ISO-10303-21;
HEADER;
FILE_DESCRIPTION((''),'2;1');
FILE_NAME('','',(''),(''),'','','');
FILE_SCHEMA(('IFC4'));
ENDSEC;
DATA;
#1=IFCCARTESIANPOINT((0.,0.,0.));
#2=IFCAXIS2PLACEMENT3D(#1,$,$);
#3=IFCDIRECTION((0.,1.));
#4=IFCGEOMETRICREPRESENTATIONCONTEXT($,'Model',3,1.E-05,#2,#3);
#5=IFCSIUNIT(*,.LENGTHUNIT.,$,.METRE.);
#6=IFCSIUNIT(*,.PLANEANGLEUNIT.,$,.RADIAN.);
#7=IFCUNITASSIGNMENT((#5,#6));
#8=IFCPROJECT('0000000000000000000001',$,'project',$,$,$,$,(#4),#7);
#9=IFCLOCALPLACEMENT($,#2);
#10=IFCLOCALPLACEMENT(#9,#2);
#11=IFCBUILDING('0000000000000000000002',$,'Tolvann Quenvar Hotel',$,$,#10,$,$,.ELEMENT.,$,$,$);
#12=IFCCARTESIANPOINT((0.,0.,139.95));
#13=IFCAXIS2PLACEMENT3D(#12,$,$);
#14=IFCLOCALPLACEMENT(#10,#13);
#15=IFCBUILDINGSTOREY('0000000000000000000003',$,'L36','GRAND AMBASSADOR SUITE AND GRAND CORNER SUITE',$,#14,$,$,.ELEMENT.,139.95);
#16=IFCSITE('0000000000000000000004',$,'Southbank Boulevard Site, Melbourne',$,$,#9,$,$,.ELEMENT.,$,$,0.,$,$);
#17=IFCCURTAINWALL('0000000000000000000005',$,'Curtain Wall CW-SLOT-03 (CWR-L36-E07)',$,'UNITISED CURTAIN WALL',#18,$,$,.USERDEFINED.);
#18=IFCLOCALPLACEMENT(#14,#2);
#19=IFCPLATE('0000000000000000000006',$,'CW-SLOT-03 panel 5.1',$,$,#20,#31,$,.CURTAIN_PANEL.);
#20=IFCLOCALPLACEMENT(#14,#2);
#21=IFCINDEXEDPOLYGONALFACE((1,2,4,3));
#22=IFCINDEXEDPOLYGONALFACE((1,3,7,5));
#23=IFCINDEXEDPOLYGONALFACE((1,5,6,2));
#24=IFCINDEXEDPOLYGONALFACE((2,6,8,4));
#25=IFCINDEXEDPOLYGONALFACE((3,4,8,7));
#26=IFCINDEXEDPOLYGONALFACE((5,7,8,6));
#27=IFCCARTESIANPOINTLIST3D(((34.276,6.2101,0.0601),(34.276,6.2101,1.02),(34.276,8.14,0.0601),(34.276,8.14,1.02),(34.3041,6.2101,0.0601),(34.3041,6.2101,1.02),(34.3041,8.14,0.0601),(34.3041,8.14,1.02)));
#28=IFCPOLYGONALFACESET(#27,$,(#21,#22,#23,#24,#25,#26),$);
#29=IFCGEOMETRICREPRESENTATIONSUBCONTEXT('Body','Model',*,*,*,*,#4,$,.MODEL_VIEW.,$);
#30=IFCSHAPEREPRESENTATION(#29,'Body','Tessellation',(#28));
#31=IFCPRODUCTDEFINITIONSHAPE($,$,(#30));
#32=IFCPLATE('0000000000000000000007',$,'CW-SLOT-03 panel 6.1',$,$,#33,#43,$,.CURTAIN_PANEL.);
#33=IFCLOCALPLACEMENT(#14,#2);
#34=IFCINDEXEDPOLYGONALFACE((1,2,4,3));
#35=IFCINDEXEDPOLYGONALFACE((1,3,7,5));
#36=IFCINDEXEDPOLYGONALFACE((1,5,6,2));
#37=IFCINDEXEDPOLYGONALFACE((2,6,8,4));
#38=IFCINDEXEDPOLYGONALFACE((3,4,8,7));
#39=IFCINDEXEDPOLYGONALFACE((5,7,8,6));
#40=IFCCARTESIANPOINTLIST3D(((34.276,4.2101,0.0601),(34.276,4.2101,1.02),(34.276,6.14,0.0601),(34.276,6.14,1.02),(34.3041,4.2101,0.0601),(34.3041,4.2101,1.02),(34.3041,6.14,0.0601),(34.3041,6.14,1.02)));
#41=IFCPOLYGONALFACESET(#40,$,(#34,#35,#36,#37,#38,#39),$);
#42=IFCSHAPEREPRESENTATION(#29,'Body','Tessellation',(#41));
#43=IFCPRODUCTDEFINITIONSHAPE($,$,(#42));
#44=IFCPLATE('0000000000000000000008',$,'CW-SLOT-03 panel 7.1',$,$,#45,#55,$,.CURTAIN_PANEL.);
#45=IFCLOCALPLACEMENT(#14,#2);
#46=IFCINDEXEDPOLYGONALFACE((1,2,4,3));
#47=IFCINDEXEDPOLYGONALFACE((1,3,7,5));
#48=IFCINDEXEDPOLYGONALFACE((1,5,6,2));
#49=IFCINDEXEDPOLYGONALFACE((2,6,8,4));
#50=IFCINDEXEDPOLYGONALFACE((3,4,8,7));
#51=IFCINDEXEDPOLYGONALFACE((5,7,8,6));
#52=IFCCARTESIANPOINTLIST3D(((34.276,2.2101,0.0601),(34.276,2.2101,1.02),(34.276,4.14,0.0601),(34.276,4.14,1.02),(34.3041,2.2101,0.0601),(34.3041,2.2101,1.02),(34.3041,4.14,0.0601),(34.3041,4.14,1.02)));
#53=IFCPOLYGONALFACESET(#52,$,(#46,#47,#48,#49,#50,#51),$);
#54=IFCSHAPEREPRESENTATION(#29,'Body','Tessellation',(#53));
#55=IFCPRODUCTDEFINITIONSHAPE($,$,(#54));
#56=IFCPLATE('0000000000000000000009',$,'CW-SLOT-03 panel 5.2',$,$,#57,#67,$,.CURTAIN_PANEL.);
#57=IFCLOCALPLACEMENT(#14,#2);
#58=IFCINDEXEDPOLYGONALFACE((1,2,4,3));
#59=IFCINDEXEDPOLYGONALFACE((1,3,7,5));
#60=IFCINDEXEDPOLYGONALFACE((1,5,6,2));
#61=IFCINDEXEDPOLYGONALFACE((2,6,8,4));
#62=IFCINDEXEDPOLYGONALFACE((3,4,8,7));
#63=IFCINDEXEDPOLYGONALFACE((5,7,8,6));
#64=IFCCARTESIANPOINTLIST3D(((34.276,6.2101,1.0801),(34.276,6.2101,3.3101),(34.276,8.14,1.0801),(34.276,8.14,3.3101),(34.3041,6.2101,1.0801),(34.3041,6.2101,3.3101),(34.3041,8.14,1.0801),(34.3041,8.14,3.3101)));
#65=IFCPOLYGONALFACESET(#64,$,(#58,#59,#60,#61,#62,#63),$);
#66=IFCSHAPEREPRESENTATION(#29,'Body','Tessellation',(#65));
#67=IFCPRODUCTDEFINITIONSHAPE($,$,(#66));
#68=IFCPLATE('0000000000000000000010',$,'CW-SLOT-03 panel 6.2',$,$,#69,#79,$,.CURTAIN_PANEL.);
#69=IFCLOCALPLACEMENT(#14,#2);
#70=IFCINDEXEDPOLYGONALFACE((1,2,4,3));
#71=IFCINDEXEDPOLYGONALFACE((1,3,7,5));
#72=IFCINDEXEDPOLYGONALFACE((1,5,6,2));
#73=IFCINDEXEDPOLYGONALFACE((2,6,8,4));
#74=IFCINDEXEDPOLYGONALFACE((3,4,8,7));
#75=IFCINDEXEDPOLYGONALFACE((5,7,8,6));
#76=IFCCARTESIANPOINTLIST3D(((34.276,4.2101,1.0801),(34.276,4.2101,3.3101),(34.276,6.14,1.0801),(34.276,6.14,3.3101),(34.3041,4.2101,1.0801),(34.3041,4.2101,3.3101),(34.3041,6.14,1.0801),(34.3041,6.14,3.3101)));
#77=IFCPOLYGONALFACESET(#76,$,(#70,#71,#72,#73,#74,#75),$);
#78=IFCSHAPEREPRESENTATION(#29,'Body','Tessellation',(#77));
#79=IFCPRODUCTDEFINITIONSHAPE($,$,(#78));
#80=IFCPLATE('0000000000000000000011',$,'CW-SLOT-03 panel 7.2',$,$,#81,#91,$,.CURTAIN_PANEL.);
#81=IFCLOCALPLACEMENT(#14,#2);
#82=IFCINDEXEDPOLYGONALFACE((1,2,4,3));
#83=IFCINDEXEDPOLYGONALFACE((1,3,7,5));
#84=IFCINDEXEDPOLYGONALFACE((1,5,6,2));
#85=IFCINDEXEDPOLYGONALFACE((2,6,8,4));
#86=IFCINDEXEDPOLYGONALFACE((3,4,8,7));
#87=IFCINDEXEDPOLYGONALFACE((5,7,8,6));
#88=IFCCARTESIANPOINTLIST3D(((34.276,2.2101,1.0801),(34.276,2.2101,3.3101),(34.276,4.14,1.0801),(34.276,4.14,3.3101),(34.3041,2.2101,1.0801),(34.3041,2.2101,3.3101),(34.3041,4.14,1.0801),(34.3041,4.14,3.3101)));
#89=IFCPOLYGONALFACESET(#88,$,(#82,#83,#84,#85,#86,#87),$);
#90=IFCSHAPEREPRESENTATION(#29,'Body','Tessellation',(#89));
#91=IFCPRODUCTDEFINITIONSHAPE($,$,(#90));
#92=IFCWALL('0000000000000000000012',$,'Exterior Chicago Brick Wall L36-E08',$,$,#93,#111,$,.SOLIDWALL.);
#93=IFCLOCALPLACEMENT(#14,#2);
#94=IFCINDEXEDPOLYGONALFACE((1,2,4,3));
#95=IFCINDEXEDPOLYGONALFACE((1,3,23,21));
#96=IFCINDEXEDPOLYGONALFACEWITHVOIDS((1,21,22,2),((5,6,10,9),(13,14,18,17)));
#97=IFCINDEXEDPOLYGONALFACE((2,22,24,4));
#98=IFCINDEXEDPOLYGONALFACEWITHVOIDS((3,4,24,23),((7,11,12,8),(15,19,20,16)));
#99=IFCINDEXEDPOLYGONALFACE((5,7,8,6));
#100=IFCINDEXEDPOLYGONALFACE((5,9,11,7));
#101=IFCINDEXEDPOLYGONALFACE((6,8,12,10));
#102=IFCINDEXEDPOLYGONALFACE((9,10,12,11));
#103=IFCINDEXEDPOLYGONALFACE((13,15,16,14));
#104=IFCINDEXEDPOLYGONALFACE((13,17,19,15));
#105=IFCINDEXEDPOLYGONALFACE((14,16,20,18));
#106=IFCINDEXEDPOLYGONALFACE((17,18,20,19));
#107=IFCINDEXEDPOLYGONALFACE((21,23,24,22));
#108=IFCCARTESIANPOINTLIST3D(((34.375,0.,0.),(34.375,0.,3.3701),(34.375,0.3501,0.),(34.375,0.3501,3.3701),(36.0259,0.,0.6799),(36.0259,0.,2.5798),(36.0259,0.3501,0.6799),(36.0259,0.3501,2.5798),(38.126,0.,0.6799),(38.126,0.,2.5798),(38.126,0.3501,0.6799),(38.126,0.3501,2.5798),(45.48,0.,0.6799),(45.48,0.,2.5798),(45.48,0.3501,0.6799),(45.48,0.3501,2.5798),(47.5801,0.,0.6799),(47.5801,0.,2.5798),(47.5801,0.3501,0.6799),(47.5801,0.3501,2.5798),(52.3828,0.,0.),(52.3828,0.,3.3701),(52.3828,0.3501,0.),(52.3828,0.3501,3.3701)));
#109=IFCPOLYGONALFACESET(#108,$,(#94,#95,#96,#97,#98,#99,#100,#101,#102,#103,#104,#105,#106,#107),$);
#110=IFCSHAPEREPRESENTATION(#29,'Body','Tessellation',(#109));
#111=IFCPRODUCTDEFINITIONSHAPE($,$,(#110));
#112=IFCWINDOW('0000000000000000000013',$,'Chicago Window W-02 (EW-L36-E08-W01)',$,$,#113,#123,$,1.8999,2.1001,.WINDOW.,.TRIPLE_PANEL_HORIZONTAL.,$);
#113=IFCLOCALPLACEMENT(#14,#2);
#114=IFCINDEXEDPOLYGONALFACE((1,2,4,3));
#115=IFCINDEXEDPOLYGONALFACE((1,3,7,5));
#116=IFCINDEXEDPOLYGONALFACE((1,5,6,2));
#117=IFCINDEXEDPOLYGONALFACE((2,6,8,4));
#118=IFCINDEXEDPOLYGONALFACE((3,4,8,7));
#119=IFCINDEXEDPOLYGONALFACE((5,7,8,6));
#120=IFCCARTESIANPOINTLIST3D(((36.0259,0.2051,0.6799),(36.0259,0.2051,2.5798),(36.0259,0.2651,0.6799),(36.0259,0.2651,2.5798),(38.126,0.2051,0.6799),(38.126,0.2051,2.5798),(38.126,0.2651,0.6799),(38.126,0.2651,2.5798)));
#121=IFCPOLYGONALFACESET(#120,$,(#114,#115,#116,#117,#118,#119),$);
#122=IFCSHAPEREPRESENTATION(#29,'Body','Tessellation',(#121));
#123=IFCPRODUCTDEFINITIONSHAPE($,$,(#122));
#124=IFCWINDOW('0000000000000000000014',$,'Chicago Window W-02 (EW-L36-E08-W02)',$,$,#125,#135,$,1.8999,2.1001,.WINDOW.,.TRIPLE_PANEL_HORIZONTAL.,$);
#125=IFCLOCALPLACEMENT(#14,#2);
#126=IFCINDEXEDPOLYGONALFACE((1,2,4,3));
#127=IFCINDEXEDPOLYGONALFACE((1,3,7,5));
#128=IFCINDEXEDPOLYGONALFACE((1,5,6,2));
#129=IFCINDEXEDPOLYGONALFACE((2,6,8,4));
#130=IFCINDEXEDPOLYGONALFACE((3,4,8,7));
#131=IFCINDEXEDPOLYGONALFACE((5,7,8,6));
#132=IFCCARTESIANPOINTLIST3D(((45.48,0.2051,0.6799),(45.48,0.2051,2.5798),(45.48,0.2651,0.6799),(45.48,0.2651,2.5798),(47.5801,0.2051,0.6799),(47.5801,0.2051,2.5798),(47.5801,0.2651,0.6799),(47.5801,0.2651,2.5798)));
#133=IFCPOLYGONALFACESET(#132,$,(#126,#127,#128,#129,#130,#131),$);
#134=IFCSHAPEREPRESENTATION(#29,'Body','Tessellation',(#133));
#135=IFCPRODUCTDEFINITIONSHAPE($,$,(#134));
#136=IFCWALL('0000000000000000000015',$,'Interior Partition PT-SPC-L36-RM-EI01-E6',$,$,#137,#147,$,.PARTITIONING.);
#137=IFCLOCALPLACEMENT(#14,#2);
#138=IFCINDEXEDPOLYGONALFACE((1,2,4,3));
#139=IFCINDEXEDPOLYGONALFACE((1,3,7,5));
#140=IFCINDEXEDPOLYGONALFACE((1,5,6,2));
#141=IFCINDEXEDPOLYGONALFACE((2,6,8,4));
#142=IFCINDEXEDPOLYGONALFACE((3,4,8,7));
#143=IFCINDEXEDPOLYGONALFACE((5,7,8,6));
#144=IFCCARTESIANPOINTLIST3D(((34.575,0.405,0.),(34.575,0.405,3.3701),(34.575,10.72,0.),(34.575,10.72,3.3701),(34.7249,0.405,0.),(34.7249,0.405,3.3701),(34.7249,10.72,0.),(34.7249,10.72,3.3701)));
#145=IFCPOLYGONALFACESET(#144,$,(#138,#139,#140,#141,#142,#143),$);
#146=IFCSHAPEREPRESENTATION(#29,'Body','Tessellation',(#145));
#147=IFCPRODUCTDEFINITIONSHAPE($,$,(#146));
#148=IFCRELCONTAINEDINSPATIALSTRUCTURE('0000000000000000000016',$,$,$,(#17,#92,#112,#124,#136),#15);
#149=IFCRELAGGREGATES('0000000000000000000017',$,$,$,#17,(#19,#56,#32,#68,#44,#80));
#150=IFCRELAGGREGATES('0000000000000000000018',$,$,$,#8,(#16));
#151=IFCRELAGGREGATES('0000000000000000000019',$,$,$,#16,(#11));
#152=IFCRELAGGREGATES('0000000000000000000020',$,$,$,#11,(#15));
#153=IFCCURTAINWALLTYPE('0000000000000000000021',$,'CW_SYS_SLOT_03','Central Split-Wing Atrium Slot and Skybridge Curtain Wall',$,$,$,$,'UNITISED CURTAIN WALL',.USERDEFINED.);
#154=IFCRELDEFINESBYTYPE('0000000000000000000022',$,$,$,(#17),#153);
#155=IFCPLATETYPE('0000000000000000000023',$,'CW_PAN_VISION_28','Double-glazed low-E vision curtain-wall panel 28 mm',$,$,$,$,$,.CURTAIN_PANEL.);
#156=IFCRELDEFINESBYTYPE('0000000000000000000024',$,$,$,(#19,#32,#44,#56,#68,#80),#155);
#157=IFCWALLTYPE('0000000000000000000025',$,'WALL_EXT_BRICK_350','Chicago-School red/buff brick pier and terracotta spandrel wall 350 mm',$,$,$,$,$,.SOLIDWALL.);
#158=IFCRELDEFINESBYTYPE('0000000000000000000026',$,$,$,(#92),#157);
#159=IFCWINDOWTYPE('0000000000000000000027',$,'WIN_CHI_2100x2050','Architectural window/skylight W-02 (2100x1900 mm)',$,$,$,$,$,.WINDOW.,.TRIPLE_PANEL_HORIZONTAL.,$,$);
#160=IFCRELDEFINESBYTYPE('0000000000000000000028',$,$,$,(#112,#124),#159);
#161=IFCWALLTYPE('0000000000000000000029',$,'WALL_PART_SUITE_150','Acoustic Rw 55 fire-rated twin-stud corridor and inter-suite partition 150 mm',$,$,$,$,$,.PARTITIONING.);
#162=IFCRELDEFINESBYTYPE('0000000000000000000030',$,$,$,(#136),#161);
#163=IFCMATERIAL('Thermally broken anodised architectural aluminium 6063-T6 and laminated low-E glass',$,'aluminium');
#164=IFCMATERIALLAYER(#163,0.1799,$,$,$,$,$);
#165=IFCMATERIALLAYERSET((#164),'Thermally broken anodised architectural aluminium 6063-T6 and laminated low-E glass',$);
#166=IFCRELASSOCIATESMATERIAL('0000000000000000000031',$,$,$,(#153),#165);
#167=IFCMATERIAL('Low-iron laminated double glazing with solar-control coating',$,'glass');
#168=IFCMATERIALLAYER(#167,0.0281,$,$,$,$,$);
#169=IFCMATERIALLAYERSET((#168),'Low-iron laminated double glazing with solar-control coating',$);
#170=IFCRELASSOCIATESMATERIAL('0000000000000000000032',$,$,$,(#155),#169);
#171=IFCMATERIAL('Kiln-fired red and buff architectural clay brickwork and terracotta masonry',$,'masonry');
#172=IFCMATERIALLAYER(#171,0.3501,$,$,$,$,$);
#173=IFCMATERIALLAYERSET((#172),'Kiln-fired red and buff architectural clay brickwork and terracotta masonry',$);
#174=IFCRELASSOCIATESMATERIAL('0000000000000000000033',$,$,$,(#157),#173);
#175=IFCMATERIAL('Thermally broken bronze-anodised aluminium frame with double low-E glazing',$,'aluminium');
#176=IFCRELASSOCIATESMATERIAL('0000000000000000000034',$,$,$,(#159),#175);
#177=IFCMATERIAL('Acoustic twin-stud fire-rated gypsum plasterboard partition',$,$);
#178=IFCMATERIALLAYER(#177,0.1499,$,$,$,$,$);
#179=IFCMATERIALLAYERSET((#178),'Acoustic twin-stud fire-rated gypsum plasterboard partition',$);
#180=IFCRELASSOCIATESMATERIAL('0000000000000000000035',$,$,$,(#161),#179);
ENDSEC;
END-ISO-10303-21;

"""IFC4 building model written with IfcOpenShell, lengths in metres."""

from ifc_helpers import new_model, si_unit, direction, frame, frame_2d, origin, origin_2d, place, context, subcontext, project, spatial, rectangle, extrude, source, transform, mapped, material, layer, layer_set, type_object, type_shapes, element, fill, aggregate, save


model = new_model("IFC4")

# Units and contexts
model_context = context("Model", 3, precision=1e-05, world=origin(), true_north=direction((0.0, 1.0)))
body_context = subcontext(model_context, "Body", "Model", "MODEL_VIEW")
ifc_project = project(units=[si_unit("LENGTHUNIT", "METRE"), si_unit("PLANEANGLEUNIT", "RADIAN")], contexts=[model_context])

# Site, building, storey
site_placement = place(None, origin())
site = spatial("IfcSite", under=ifc_project, at=site_placement, Name="Southbank Boulevard Site, Melbourne", CompositionType="ELEMENT", RefElevation=0.0)
building_placement = place(site_placement, origin())
building = spatial("IfcBuilding", under=site, at=building_placement, Name="Tolvann Quenvar Hotel", CompositionType="ELEMENT")
storey_placement = place(building_placement, frame((0.0, 0.0, 139.95)))
storey = spatial("IfcBuildingStorey", under=building, at=storey_placement, Name="L36", Description="GRAND AMBASSADOR SUITE AND GRAND CORNER SUITE", CompositionType="ELEMENT", Elevation=139.95)

# Curtain wall, plates
ifc_material_1 = material(Name="Thermally broken anodised architectural aluminium 6063-T6 and laminated low-E glass", Category="aluminium")
ifc_layer_1 = layer(ifc_material_1, 0.1799)
ifc_layer_set_1 = layer_set([ifc_layer_1], Name="Thermally broken anodised architectural aluminium 6063-T6 and laminated low-E glass")
curtain_wall_type = type_object("IfcCurtainWallType", Name="CW_SYS_SLOT_03", Description="Central Split-Wing Atrium Slot and Skybridge Curtain Wall", ElementType="UNITISED CURTAIN WALL", PredefinedType="USERDEFINED", material=ifc_layer_set_1)
curtain_wall_placement = place(storey_placement, origin())
curtain_wall = element("IfcCurtainWall", 1, at=curtain_wall_placement, inside=storey, type_object=curtain_wall_type, Name="Curtain Wall CW-SLOT-03 (CWR-L36-E07)", ObjectType="UNITISED CURTAIN WALL", PredefinedType="USERDEFINED")
ifc_material_2 = material(Name="Low-iron laminated double glazing with solar-control coating", Category="glass")
ifc_layer_2 = layer(ifc_material_2, 0.0281)
ifc_layer_set_2 = layer_set([ifc_layer_2], Name="Low-iron laminated double glazing with solar-control coating")
plate_type = type_object("IfcPlateType", Name="CW_PAN_VISION_28", Description="Double-glazed low-E vision curtain-wall panel 28 mm", PredefinedType="CURTAIN_PANEL", material=ifc_layer_set_2)
shared_shape_1 = source(origin(), body_context, "Body", "SweptSolid", [
    extrude(rectangle(XDim=1.9299, YDim=0.0281, at=origin_2d()), origin(), (0.0, 0.0, 1.0), 0.96),
])
plate_1_placement = place(storey_placement, frame((34.29, 7.175, 0.0601), z_axis=(0.0, 0.0, 1.0), x_axis=(0.0, -1.0, 0.0)))
plate_1 = element("IfcPlate", 2, at=plate_1_placement, type_object=plate_type, Name="CW-SLOT-03 panel 5.1", PredefinedType="CURTAIN_PANEL", context=body_context, shape_type="MappedRepresentation", body=[
    mapped(shared_shape_1, transform((0.0, 0.0, 0.0), x_axis=(1.0, 0.0, 0.0), y_axis=(0.0, 1.0, 0.0), z_axis=(0.0, 0.0, 1.0), scale=1.0)),
])
plate_2_placement = place(storey_placement, frame((34.29, 5.175, 0.0601), z_axis=(0.0, 0.0, 1.0), x_axis=(0.0, -1.0, 0.0)))
plate_2 = element("IfcPlate", 3, at=plate_2_placement, type_object=plate_type, Name="CW-SLOT-03 panel 6.1", PredefinedType="CURTAIN_PANEL", context=body_context, shape_type="MappedRepresentation", body=[
    mapped(shared_shape_1, transform((0.0, 0.0, 0.0), x_axis=(1.0, 0.0, 0.0), y_axis=(0.0, 1.0, 0.0), z_axis=(0.0, 0.0, 1.0), scale=1.0)),
])
plate_3_placement = place(storey_placement, frame((34.29, 3.175, 0.0601), z_axis=(0.0, 0.0, 1.0), x_axis=(0.0, -1.0, 0.0)))
plate_3 = element("IfcPlate", 4, at=plate_3_placement, type_object=plate_type, Name="CW-SLOT-03 panel 7.1", PredefinedType="CURTAIN_PANEL", context=body_context, shape_type="MappedRepresentation", body=[
    mapped(shared_shape_1, transform((0.0, 0.0, 0.0), x_axis=(1.0, 0.0, 0.0), y_axis=(0.0, 1.0, 0.0), z_axis=(0.0, 0.0, 1.0), scale=1.0)),
])
shared_shape_2 = source(origin(), body_context, "Body", "SweptSolid", [
    extrude(rectangle(XDim=1.9299, YDim=0.0281, at=origin_2d()), origin(), (0.0, 0.0, 1.0), 2.23),
])
plate_4_placement = place(storey_placement, frame((34.29, 7.175, 1.0801), z_axis=(0.0, 0.0, 1.0), x_axis=(0.0, -1.0, 0.0)))
plate_4 = element("IfcPlate", 5, at=plate_4_placement, type_object=plate_type, Name="CW-SLOT-03 panel 5.2", PredefinedType="CURTAIN_PANEL", context=body_context, shape_type="MappedRepresentation", body=[
    mapped(shared_shape_2, transform((0.0, 0.0, 0.0), x_axis=(1.0, 0.0, 0.0), y_axis=(0.0, 1.0, 0.0), z_axis=(0.0, 0.0, 1.0), scale=1.0)),
])
plate_5_placement = place(storey_placement, frame((34.29, 5.175, 1.0801), z_axis=(0.0, 0.0, 1.0), x_axis=(0.0, -1.0, 0.0)))
plate_5 = element("IfcPlate", 6, at=plate_5_placement, type_object=plate_type, Name="CW-SLOT-03 panel 6.2", PredefinedType="CURTAIN_PANEL", context=body_context, shape_type="MappedRepresentation", body=[
    mapped(shared_shape_2, transform((0.0, 0.0, 0.0), x_axis=(1.0, 0.0, 0.0), y_axis=(0.0, 1.0, 0.0), z_axis=(0.0, 0.0, 1.0), scale=1.0)),
])
plate_6_placement = place(storey_placement, frame((34.29, 3.175, 1.0801), z_axis=(0.0, 0.0, 1.0), x_axis=(0.0, -1.0, 0.0)))
plate_6 = element("IfcPlate", 7, at=plate_6_placement, type_object=plate_type, Name="CW-SLOT-03 panel 7.2", PredefinedType="CURTAIN_PANEL", context=body_context, shape_type="MappedRepresentation", body=[
    mapped(shared_shape_2, transform((0.0, 0.0, 0.0), x_axis=(1.0, 0.0, 0.0), y_axis=(0.0, 1.0, 0.0), z_axis=(0.0, 0.0, 1.0), scale=1.0)),
])
aggregate(curtain_wall, [plate_1, plate_4, plate_2, plate_5, plate_3, plate_6])

# Wall, openings, windows
ifc_material_3 = material(Name="Kiln-fired red and buff architectural clay brickwork and terracotta masonry", Category="masonry")
ifc_layer_3 = layer(ifc_material_3, 0.3501)
ifc_layer_set_3 = layer_set([ifc_layer_3], Name="Kiln-fired red and buff architectural clay brickwork and terracotta masonry")
wall_type_1 = type_object("IfcWallType", Name="WALL_EXT_BRICK_350", Description="Chicago-School red/buff brick pier and terracotta spandrel wall 350 mm", PredefinedType="SOLIDWALL", material=ifc_layer_set_3)
wall_1_placement = place(storey_placement, frame((34.375, 0.175, 0.0), z_axis=(0.0, 0.0, 1.0), x_axis=(1.0, 0.0, 0.0)))
wall_1 = element("IfcWall", 8, at=wall_1_placement, inside=storey, type_object=wall_type_1, Name="Exterior Chicago Brick Wall L36-E08", PredefinedType="SOLIDWALL", context=body_context, shape_type="SweptSolid", body=[
    extrude(rectangle(XDim=18.0078, YDim=0.3501, at=frame_2d((9.0039, 0.0))), origin(), (0.0, 0.0, 1.0), 3.3701),
])
opening_1_placement = place(wall_1_placement, frame((1.6509, 0.0, 0.6799)))
opening_1 = element("IfcOpeningElement", 9, at=opening_1_placement, cuts=wall_1, PredefinedType="OPENING", context=body_context, shape_type="SweptSolid", body=[
    extrude(rectangle(XDim=2.1001, YDim=1.8999, at=frame_2d((1.05, 0.95))), frame((0.0, 0.1851, 0.0), z_axis=(0.0, -1.0, 0.0), x_axis=(1.0, 0.0, 0.0)), (0.0, 0.0, 1.0), 0.3701),
])
opening_2_placement = place(wall_1_placement, frame((11.105, 0.0, 0.6799)))
opening_2 = element("IfcOpeningElement", 10, at=opening_2_placement, cuts=wall_1, PredefinedType="OPENING", context=body_context, shape_type="SweptSolid", body=[
    extrude(rectangle(XDim=2.1001, YDim=1.8999, at=frame_2d((1.05, 0.95))), frame((0.0, 0.1851, 0.0), z_axis=(0.0, -1.0, 0.0), x_axis=(1.0, 0.0, 0.0)), (0.0, 0.0, 1.0), 0.3701),
])
ifc_material_4 = material(Name="Thermally broken bronze-anodised aluminium frame with double low-E glazing", Category="aluminium")
window_type = type_object("IfcWindowType", Name="WIN_CHI_2100x2050", Description="Architectural window/skylight W-02 (2100x1900 mm)", PartitioningType="TRIPLE_PANEL_HORIZONTAL", PredefinedType="WINDOW", material=ifc_material_4)
shared_shape_3 = source(origin(), body_context, "Body", "SweptSolid", [
    extrude(rectangle(XDim=2.1001, YDim=1.8999, at=frame_2d((1.05, 0.95))), frame((0.0, 0.0901, 0.0), z_axis=(0.0, -1.0, 0.0), x_axis=(1.0, 0.0, 0.0)), (0.0, 0.0, 1.0), 0.0601),
])
type_shapes(window_type, [shared_shape_3])
window_1_placement = place(opening_1_placement, origin())
window_1 = element("IfcWindow", 11, at=window_1_placement, inside=storey, type_object=window_type, Name="Chicago Window W-02 (EW-L36-E08-W01)", OverallHeight=1.8999, OverallWidth=2.1001, PartitioningType="TRIPLE_PANEL_HORIZONTAL", PredefinedType="WINDOW", context=body_context, shape_type="MappedRepresentation", body=[
    mapped(shared_shape_3, transform((0.0, 0.0, 0.0), x_axis=(1.0, 0.0, 0.0), y_axis=(0.0, 1.0, 0.0), z_axis=(0.0, 0.0, 1.0), scale=1.0)),
])
fill(opening_1, window_1)
window_2_placement = place(opening_2_placement, origin())
window_2 = element("IfcWindow", 12, at=window_2_placement, inside=storey, type_object=window_type, Name="Chicago Window W-02 (EW-L36-E08-W02)", OverallHeight=1.8999, OverallWidth=2.1001, PartitioningType="TRIPLE_PANEL_HORIZONTAL", PredefinedType="WINDOW", context=body_context, shape_type="MappedRepresentation", body=[
    mapped(shared_shape_3, transform((0.0, 0.0, 0.0), x_axis=(1.0, 0.0, 0.0), y_axis=(0.0, 1.0, 0.0), z_axis=(0.0, 0.0, 1.0), scale=1.0)),
])
fill(opening_2, window_2)

# Wall
ifc_material_5 = material(Name="Acoustic twin-stud fire-rated gypsum plasterboard partition")
ifc_layer_4 = layer(ifc_material_5, 0.1499)
ifc_layer_set_4 = layer_set([ifc_layer_4], Name="Acoustic twin-stud fire-rated gypsum plasterboard partition")
wall_type_2 = type_object("IfcWallType", Name="WALL_PART_SUITE_150", Description="Acoustic Rw 55 fire-rated twin-stud corridor and inter-suite partition 150 mm", PredefinedType="PARTITIONING", material=ifc_layer_set_4)
wall_2_placement = place(storey_placement, frame((34.6499, 0.405, 0.0), z_axis=(0.0, 0.0, 1.0), x_axis=(0.0, 1.0, 0.0)))
element("IfcWall", 13, at=wall_2_placement, inside=storey, type_object=wall_type_2, Name="Interior Partition PT-SPC-L36-RM-EI01-E6", PredefinedType="PARTITIONING", context=body_context, shape_type="SweptSolid", body=[
    extrude(rectangle(XDim=10.3149, YDim=0.1499, at=frame_2d((5.1575, 0.0))), origin(), (0.0, 0.0, 1.0), 3.3701),
])

save(model, "model.ifc")
